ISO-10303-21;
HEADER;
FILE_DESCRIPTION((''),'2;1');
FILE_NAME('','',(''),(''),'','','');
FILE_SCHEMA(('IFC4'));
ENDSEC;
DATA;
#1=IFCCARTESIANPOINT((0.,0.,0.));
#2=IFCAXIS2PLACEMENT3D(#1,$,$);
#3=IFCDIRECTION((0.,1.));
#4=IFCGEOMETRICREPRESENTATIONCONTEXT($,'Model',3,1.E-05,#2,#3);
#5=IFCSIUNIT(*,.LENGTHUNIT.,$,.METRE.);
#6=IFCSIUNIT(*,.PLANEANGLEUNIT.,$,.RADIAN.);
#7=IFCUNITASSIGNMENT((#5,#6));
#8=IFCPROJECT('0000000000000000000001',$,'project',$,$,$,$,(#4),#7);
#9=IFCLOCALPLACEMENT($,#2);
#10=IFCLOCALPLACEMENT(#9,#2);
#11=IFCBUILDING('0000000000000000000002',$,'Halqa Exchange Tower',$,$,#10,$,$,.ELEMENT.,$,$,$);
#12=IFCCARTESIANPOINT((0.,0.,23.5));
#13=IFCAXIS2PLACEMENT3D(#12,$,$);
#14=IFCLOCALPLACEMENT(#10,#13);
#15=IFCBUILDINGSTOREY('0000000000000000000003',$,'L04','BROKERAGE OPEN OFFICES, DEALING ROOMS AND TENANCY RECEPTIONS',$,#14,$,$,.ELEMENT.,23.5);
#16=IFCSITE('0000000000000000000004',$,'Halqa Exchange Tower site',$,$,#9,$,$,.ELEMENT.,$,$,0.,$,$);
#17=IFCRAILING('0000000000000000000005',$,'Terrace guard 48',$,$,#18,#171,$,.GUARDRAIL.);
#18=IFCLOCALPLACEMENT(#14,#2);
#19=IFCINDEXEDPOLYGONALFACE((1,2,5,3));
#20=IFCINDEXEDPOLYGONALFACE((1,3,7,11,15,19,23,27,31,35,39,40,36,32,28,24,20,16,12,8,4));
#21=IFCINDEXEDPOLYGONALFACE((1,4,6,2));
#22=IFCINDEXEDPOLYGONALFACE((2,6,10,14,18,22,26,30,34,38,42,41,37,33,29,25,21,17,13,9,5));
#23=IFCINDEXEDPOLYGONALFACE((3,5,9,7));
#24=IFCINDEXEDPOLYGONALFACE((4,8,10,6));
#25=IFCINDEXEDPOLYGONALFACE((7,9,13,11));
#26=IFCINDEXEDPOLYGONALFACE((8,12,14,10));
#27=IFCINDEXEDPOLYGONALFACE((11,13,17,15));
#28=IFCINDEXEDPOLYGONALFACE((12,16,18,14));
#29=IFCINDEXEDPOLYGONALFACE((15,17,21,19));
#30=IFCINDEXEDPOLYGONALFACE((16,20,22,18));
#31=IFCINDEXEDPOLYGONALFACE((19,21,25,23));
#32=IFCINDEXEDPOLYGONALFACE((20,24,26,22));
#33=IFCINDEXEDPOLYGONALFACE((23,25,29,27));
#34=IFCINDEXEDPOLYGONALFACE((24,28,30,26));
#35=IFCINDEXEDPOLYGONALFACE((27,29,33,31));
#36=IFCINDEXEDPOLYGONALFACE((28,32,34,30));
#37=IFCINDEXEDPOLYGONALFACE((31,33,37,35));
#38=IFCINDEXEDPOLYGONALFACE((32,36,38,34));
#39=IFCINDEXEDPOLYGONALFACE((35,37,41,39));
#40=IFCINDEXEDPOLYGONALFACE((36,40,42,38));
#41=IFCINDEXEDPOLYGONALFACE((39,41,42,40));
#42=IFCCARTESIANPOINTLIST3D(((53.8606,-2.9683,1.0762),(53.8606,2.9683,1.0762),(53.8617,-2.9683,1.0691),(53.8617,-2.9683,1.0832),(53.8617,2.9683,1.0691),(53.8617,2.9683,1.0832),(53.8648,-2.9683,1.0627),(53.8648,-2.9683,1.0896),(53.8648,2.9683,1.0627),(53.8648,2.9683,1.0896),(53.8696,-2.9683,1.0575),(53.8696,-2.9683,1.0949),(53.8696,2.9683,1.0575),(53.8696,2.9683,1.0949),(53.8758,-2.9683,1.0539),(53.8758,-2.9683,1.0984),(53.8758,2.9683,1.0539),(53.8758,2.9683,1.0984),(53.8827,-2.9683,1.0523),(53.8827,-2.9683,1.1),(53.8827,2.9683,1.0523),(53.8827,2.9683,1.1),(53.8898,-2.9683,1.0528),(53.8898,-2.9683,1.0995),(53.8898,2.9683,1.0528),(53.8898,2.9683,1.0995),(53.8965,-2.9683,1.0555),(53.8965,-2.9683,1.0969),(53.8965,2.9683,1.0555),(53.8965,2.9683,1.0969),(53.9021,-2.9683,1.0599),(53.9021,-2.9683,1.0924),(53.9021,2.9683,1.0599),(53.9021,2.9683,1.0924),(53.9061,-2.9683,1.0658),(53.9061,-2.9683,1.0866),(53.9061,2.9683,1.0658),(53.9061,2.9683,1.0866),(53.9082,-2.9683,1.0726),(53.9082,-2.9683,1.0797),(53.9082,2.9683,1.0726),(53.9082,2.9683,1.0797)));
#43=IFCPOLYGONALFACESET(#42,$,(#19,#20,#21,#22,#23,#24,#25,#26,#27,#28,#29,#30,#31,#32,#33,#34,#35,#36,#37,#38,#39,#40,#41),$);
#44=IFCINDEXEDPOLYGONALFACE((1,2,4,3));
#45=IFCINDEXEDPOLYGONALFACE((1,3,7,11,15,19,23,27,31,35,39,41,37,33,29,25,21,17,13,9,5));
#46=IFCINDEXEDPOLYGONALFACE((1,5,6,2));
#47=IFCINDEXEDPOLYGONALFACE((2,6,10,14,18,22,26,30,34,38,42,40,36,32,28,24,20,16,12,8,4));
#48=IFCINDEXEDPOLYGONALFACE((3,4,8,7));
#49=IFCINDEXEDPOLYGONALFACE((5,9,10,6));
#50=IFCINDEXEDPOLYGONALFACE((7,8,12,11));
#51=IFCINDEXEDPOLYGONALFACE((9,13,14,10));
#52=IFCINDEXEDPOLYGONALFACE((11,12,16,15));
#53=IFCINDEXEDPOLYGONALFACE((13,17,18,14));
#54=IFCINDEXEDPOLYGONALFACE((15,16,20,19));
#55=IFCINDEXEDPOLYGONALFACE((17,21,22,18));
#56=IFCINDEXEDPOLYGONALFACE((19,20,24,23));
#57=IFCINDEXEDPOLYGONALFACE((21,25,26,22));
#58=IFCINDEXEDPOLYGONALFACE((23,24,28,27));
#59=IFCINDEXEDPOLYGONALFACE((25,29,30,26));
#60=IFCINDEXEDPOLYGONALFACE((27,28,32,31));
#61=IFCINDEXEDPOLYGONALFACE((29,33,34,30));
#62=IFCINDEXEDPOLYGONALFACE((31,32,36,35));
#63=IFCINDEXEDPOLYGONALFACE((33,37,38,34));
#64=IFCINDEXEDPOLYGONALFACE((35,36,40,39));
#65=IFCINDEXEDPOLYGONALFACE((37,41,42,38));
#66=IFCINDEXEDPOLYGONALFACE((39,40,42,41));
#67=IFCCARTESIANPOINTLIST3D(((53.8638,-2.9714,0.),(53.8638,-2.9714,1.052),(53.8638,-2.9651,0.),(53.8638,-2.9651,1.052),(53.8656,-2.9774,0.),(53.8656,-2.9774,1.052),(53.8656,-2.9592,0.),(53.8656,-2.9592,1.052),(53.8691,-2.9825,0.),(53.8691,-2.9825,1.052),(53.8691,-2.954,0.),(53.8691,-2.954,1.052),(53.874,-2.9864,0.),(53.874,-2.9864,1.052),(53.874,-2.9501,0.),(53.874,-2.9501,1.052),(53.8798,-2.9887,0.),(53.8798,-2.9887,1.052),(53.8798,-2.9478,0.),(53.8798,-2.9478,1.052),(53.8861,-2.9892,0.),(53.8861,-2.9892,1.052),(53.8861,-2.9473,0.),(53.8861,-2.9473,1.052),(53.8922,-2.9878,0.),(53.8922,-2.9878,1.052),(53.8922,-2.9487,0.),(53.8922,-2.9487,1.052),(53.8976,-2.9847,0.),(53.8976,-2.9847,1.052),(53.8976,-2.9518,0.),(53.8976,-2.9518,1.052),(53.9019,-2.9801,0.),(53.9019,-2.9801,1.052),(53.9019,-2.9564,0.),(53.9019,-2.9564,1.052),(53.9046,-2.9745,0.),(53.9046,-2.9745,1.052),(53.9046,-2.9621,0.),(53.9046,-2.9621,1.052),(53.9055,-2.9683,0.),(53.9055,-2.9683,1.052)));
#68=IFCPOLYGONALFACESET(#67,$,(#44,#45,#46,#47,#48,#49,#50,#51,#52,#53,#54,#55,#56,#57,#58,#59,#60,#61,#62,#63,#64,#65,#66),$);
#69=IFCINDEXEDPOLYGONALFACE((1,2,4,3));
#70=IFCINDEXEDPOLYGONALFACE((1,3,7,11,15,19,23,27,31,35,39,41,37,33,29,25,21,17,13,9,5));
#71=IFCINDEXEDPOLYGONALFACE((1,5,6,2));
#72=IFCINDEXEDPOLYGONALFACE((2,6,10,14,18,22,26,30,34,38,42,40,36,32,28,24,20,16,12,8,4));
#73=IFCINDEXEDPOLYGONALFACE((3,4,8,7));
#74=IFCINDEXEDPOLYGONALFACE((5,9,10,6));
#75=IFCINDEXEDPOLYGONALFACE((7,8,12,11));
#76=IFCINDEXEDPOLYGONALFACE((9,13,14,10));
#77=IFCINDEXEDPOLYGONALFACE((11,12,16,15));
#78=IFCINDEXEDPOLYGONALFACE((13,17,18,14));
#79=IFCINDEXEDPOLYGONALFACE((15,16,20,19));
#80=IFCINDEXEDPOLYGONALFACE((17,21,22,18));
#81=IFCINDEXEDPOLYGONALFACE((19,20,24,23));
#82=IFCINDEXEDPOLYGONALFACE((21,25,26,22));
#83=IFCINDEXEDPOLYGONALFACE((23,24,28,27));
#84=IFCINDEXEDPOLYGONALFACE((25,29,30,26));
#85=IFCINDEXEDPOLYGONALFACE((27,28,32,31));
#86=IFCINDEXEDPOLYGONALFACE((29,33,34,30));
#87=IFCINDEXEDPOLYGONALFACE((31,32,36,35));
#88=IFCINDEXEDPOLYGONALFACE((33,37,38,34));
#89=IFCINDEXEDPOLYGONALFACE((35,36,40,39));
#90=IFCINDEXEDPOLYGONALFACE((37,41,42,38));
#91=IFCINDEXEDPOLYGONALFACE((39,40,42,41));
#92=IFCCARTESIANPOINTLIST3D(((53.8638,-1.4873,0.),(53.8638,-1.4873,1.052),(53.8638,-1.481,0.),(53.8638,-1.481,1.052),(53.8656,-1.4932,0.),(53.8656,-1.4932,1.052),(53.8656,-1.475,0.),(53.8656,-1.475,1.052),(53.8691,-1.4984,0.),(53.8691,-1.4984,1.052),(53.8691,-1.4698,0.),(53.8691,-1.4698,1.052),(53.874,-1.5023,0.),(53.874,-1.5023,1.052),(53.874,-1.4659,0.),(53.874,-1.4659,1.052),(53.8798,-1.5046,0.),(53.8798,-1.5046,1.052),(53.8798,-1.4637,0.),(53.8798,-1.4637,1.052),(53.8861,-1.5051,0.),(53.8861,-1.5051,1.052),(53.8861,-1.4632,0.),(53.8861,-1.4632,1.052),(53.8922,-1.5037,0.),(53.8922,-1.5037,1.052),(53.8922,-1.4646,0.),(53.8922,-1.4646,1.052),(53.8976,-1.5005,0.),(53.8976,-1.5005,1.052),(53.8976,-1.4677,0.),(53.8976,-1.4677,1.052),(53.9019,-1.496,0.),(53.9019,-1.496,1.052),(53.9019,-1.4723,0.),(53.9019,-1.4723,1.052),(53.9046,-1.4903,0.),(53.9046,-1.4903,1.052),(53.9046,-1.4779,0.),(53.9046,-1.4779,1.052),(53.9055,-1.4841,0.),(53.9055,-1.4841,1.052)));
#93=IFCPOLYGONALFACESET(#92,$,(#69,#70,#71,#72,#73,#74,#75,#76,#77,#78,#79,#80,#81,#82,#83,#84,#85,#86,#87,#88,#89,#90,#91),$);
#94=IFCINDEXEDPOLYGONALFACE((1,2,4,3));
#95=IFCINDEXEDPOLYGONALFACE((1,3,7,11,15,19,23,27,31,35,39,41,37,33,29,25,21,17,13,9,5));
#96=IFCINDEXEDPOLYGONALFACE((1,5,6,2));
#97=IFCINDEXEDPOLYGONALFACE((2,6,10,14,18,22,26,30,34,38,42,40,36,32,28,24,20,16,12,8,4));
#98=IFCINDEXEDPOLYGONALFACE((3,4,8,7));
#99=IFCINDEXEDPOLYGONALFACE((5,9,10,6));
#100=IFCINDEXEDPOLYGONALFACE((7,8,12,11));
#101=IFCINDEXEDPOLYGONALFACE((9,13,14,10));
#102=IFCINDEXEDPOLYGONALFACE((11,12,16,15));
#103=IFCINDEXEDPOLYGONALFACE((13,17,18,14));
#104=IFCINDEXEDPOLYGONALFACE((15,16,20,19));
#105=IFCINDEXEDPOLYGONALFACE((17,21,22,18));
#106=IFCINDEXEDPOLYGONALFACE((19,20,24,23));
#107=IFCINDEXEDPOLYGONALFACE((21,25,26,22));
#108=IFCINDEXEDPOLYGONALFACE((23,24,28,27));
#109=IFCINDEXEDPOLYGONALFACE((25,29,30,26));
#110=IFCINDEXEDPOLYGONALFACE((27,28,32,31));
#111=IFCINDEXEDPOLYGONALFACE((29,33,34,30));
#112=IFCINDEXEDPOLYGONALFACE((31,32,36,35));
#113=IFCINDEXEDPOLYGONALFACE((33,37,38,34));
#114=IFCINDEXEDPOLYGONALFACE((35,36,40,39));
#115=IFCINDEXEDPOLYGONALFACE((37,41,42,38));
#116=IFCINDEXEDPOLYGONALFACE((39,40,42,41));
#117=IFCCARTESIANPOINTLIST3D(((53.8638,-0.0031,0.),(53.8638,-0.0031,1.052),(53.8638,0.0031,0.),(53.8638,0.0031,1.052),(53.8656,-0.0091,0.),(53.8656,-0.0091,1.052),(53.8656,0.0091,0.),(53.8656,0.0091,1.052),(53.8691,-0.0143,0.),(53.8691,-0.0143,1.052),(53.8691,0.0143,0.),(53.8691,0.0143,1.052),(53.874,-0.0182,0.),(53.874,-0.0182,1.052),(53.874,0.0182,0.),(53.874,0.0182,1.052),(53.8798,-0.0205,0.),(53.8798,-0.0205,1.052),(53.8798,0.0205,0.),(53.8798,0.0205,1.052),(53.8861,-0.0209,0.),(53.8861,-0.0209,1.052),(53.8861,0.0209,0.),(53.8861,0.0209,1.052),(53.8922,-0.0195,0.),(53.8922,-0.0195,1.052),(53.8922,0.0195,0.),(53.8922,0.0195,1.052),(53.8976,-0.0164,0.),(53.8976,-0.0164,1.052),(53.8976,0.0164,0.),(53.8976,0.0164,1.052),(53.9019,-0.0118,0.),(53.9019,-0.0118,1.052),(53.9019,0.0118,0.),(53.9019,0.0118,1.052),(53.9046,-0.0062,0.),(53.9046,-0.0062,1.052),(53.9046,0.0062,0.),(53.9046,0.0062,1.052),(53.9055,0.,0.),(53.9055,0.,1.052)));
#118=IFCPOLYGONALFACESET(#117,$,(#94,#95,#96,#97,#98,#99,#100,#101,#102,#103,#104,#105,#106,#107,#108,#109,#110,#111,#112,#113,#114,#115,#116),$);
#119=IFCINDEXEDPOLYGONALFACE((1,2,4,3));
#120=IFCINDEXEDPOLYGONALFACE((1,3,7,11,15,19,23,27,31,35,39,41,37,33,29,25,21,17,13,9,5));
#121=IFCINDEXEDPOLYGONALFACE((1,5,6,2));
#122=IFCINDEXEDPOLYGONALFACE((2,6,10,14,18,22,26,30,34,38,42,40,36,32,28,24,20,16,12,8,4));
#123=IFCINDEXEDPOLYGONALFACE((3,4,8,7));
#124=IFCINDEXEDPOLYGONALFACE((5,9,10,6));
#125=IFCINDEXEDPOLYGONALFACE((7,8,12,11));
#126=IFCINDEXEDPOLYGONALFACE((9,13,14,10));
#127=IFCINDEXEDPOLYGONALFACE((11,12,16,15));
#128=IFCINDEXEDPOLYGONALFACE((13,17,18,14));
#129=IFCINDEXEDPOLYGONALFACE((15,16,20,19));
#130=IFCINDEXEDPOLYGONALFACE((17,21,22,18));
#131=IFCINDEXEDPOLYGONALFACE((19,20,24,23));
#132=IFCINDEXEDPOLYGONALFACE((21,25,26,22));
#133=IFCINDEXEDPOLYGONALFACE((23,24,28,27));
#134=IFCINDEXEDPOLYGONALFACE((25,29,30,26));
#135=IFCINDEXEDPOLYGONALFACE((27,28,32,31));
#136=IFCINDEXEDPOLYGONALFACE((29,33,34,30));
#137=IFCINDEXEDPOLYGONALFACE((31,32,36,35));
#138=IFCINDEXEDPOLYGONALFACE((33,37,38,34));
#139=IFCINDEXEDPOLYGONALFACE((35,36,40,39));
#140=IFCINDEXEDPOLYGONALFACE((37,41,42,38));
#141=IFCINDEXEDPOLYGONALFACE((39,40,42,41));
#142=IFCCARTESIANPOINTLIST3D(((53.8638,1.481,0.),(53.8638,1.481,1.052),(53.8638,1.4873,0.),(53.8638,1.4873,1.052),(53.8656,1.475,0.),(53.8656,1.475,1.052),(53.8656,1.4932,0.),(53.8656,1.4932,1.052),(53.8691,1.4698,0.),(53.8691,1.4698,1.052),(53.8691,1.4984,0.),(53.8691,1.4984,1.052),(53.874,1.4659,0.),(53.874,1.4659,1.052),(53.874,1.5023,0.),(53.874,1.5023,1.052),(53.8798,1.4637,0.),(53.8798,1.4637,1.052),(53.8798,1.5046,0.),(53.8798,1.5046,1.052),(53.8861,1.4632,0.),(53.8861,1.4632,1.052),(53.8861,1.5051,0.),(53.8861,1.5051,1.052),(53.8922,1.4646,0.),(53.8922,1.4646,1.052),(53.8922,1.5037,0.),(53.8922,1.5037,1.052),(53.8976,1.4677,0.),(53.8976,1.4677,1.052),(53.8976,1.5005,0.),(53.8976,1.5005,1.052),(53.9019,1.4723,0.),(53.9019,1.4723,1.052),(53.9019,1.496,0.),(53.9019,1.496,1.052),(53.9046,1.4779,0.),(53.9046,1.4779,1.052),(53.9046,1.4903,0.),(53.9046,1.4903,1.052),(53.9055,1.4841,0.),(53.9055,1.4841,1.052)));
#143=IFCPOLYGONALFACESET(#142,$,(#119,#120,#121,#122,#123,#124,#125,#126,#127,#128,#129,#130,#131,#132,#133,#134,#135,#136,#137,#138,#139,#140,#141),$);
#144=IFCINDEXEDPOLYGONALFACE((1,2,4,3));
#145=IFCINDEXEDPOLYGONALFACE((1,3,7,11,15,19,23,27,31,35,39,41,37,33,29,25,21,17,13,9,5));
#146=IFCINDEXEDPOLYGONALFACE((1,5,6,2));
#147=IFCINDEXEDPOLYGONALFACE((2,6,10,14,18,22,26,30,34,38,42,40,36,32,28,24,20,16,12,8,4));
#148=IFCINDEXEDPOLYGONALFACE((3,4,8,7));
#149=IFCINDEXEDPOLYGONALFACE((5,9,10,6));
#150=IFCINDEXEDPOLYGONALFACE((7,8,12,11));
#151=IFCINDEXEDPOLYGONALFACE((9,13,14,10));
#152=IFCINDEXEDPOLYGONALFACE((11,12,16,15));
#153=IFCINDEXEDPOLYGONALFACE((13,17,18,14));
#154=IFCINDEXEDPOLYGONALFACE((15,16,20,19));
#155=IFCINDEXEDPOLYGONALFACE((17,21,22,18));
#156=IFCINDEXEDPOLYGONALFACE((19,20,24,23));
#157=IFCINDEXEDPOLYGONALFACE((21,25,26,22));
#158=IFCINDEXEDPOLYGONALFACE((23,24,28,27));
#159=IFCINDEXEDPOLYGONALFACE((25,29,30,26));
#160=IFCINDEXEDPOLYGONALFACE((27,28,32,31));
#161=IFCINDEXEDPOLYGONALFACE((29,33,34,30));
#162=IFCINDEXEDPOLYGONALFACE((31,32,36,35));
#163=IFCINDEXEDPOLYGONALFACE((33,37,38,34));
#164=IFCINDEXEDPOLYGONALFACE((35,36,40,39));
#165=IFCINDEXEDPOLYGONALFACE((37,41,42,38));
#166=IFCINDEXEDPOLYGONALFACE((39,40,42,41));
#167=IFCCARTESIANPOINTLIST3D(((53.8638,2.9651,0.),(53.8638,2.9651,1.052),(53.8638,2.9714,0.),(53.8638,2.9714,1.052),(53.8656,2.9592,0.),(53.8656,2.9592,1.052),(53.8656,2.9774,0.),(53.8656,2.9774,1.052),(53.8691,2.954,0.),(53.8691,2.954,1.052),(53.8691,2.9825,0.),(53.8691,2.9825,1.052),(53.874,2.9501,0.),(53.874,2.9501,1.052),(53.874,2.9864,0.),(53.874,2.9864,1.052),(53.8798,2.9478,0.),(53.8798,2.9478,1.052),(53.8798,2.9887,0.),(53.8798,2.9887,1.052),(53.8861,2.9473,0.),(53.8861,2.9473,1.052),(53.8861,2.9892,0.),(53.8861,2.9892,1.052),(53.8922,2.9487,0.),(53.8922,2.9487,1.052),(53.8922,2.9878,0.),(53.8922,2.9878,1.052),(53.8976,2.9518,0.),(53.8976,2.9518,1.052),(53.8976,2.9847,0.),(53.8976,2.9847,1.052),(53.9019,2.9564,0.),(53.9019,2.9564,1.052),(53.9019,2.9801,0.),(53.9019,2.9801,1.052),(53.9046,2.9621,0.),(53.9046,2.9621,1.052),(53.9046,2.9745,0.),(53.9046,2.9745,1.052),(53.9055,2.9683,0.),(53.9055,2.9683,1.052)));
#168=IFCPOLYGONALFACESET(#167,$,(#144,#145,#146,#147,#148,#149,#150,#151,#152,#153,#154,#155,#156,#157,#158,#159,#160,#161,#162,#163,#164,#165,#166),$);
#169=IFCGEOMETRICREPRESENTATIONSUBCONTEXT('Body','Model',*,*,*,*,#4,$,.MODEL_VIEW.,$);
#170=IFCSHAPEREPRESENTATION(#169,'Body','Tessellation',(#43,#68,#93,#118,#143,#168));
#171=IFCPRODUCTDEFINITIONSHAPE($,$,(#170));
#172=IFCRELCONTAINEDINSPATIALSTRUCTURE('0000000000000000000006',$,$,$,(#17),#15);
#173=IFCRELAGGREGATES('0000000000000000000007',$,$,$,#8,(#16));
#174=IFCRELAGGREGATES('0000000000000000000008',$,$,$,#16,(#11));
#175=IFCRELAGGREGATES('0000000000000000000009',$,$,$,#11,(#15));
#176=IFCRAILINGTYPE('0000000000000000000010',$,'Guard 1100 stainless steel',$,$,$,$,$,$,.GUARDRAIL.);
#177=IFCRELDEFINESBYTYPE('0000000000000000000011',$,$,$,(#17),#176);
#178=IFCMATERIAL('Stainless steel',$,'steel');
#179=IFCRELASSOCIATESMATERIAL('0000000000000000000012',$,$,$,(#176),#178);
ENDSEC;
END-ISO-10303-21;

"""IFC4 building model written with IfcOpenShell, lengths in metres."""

from ifc_helpers import new_model, si_unit, direction, frame, origin, origin_2d, place, context, subcontext, project, spatial, circle, extrude, material, type_object, element, save


model = new_model("IFC4")

# Units and contexts
model_context = context("Model", 3, precision=1e-05, world=origin(), true_north=direction((0.0, 1.0)))
body_context = subcontext(model_context, "Body", "Model", "MODEL_VIEW")
ifc_project = project(units=[si_unit("LENGTHUNIT", "METRE"), si_unit("PLANEANGLEUNIT", "RADIAN")], contexts=[model_context])

# Site, building, storey
site_placement = place(None, origin())
site = spatial("IfcSite", under=ifc_project, at=site_placement, Name="Halqa Exchange Tower site", CompositionType="ELEMENT", RefElevation=0.0)
building_placement = place(site_placement, origin())
building = spatial("IfcBuilding", under=site, at=building_placement, Name="Halqa Exchange Tower", CompositionType="ELEMENT")
storey_placement = place(building_placement, frame((0.0, 0.0, 23.5)))
storey = spatial("IfcBuildingStorey", under=building, at=storey_placement, Name="L04", Description="BROKERAGE OPEN OFFICES, DEALING ROOMS AND TENANCY RECEPTIONS", CompositionType="ELEMENT", Elevation=23.5)

# Railing
ifc_material_1 = material(Name="Stainless steel", Category="steel")
railing_type = type_object("IfcRailingType", Name="Guard 1100 stainless steel", PredefinedType="GUARDRAIL", material=ifc_material_1)
railing_1_placement = place(storey_placement, frame((53.8845, -2.9683, 0.0)))
element("IfcRailing", 1, at=railing_1_placement, inside=storey, type_object=railing_type, Name="Terrace guard 48", PredefinedType="GUARDRAIL", context=body_context, shape_type="SweptSolid", body=[
    extrude(circle(Radius=0.0239, at=origin_2d()), frame((0.0, 0.0, 1.0762), z_axis=(0.0, 1.0, 0.0), x_axis=(-1.0, 0.0, 0.0)), (0.0, 0.0, 1.0), 5.9365),
    extrude(circle(Radius=0.021, at=origin_2d()), origin(), (0.0, 0.0, 1.0), 1.052),
    extrude(circle(Radius=0.021, at=origin_2d()), frame((0.0, 1.4841, 0.0)), (0.0, 0.0, 1.0), 1.052),
    extrude(circle(Radius=0.021, at=origin_2d()), frame((0.0, 2.9683, 0.0)), (0.0, 0.0, 1.0), 1.052),
    extrude(circle(Radius=0.021, at=origin_2d()), frame((0.0, 4.4524, 0.0)), (0.0, 0.0, 1.0), 1.052),
    extrude(circle(Radius=0.021, at=origin_2d()), frame((0.0, 5.9365, 0.0)), (0.0, 0.0, 1.0), 1.052),
])

save(model, "model.ifc")
